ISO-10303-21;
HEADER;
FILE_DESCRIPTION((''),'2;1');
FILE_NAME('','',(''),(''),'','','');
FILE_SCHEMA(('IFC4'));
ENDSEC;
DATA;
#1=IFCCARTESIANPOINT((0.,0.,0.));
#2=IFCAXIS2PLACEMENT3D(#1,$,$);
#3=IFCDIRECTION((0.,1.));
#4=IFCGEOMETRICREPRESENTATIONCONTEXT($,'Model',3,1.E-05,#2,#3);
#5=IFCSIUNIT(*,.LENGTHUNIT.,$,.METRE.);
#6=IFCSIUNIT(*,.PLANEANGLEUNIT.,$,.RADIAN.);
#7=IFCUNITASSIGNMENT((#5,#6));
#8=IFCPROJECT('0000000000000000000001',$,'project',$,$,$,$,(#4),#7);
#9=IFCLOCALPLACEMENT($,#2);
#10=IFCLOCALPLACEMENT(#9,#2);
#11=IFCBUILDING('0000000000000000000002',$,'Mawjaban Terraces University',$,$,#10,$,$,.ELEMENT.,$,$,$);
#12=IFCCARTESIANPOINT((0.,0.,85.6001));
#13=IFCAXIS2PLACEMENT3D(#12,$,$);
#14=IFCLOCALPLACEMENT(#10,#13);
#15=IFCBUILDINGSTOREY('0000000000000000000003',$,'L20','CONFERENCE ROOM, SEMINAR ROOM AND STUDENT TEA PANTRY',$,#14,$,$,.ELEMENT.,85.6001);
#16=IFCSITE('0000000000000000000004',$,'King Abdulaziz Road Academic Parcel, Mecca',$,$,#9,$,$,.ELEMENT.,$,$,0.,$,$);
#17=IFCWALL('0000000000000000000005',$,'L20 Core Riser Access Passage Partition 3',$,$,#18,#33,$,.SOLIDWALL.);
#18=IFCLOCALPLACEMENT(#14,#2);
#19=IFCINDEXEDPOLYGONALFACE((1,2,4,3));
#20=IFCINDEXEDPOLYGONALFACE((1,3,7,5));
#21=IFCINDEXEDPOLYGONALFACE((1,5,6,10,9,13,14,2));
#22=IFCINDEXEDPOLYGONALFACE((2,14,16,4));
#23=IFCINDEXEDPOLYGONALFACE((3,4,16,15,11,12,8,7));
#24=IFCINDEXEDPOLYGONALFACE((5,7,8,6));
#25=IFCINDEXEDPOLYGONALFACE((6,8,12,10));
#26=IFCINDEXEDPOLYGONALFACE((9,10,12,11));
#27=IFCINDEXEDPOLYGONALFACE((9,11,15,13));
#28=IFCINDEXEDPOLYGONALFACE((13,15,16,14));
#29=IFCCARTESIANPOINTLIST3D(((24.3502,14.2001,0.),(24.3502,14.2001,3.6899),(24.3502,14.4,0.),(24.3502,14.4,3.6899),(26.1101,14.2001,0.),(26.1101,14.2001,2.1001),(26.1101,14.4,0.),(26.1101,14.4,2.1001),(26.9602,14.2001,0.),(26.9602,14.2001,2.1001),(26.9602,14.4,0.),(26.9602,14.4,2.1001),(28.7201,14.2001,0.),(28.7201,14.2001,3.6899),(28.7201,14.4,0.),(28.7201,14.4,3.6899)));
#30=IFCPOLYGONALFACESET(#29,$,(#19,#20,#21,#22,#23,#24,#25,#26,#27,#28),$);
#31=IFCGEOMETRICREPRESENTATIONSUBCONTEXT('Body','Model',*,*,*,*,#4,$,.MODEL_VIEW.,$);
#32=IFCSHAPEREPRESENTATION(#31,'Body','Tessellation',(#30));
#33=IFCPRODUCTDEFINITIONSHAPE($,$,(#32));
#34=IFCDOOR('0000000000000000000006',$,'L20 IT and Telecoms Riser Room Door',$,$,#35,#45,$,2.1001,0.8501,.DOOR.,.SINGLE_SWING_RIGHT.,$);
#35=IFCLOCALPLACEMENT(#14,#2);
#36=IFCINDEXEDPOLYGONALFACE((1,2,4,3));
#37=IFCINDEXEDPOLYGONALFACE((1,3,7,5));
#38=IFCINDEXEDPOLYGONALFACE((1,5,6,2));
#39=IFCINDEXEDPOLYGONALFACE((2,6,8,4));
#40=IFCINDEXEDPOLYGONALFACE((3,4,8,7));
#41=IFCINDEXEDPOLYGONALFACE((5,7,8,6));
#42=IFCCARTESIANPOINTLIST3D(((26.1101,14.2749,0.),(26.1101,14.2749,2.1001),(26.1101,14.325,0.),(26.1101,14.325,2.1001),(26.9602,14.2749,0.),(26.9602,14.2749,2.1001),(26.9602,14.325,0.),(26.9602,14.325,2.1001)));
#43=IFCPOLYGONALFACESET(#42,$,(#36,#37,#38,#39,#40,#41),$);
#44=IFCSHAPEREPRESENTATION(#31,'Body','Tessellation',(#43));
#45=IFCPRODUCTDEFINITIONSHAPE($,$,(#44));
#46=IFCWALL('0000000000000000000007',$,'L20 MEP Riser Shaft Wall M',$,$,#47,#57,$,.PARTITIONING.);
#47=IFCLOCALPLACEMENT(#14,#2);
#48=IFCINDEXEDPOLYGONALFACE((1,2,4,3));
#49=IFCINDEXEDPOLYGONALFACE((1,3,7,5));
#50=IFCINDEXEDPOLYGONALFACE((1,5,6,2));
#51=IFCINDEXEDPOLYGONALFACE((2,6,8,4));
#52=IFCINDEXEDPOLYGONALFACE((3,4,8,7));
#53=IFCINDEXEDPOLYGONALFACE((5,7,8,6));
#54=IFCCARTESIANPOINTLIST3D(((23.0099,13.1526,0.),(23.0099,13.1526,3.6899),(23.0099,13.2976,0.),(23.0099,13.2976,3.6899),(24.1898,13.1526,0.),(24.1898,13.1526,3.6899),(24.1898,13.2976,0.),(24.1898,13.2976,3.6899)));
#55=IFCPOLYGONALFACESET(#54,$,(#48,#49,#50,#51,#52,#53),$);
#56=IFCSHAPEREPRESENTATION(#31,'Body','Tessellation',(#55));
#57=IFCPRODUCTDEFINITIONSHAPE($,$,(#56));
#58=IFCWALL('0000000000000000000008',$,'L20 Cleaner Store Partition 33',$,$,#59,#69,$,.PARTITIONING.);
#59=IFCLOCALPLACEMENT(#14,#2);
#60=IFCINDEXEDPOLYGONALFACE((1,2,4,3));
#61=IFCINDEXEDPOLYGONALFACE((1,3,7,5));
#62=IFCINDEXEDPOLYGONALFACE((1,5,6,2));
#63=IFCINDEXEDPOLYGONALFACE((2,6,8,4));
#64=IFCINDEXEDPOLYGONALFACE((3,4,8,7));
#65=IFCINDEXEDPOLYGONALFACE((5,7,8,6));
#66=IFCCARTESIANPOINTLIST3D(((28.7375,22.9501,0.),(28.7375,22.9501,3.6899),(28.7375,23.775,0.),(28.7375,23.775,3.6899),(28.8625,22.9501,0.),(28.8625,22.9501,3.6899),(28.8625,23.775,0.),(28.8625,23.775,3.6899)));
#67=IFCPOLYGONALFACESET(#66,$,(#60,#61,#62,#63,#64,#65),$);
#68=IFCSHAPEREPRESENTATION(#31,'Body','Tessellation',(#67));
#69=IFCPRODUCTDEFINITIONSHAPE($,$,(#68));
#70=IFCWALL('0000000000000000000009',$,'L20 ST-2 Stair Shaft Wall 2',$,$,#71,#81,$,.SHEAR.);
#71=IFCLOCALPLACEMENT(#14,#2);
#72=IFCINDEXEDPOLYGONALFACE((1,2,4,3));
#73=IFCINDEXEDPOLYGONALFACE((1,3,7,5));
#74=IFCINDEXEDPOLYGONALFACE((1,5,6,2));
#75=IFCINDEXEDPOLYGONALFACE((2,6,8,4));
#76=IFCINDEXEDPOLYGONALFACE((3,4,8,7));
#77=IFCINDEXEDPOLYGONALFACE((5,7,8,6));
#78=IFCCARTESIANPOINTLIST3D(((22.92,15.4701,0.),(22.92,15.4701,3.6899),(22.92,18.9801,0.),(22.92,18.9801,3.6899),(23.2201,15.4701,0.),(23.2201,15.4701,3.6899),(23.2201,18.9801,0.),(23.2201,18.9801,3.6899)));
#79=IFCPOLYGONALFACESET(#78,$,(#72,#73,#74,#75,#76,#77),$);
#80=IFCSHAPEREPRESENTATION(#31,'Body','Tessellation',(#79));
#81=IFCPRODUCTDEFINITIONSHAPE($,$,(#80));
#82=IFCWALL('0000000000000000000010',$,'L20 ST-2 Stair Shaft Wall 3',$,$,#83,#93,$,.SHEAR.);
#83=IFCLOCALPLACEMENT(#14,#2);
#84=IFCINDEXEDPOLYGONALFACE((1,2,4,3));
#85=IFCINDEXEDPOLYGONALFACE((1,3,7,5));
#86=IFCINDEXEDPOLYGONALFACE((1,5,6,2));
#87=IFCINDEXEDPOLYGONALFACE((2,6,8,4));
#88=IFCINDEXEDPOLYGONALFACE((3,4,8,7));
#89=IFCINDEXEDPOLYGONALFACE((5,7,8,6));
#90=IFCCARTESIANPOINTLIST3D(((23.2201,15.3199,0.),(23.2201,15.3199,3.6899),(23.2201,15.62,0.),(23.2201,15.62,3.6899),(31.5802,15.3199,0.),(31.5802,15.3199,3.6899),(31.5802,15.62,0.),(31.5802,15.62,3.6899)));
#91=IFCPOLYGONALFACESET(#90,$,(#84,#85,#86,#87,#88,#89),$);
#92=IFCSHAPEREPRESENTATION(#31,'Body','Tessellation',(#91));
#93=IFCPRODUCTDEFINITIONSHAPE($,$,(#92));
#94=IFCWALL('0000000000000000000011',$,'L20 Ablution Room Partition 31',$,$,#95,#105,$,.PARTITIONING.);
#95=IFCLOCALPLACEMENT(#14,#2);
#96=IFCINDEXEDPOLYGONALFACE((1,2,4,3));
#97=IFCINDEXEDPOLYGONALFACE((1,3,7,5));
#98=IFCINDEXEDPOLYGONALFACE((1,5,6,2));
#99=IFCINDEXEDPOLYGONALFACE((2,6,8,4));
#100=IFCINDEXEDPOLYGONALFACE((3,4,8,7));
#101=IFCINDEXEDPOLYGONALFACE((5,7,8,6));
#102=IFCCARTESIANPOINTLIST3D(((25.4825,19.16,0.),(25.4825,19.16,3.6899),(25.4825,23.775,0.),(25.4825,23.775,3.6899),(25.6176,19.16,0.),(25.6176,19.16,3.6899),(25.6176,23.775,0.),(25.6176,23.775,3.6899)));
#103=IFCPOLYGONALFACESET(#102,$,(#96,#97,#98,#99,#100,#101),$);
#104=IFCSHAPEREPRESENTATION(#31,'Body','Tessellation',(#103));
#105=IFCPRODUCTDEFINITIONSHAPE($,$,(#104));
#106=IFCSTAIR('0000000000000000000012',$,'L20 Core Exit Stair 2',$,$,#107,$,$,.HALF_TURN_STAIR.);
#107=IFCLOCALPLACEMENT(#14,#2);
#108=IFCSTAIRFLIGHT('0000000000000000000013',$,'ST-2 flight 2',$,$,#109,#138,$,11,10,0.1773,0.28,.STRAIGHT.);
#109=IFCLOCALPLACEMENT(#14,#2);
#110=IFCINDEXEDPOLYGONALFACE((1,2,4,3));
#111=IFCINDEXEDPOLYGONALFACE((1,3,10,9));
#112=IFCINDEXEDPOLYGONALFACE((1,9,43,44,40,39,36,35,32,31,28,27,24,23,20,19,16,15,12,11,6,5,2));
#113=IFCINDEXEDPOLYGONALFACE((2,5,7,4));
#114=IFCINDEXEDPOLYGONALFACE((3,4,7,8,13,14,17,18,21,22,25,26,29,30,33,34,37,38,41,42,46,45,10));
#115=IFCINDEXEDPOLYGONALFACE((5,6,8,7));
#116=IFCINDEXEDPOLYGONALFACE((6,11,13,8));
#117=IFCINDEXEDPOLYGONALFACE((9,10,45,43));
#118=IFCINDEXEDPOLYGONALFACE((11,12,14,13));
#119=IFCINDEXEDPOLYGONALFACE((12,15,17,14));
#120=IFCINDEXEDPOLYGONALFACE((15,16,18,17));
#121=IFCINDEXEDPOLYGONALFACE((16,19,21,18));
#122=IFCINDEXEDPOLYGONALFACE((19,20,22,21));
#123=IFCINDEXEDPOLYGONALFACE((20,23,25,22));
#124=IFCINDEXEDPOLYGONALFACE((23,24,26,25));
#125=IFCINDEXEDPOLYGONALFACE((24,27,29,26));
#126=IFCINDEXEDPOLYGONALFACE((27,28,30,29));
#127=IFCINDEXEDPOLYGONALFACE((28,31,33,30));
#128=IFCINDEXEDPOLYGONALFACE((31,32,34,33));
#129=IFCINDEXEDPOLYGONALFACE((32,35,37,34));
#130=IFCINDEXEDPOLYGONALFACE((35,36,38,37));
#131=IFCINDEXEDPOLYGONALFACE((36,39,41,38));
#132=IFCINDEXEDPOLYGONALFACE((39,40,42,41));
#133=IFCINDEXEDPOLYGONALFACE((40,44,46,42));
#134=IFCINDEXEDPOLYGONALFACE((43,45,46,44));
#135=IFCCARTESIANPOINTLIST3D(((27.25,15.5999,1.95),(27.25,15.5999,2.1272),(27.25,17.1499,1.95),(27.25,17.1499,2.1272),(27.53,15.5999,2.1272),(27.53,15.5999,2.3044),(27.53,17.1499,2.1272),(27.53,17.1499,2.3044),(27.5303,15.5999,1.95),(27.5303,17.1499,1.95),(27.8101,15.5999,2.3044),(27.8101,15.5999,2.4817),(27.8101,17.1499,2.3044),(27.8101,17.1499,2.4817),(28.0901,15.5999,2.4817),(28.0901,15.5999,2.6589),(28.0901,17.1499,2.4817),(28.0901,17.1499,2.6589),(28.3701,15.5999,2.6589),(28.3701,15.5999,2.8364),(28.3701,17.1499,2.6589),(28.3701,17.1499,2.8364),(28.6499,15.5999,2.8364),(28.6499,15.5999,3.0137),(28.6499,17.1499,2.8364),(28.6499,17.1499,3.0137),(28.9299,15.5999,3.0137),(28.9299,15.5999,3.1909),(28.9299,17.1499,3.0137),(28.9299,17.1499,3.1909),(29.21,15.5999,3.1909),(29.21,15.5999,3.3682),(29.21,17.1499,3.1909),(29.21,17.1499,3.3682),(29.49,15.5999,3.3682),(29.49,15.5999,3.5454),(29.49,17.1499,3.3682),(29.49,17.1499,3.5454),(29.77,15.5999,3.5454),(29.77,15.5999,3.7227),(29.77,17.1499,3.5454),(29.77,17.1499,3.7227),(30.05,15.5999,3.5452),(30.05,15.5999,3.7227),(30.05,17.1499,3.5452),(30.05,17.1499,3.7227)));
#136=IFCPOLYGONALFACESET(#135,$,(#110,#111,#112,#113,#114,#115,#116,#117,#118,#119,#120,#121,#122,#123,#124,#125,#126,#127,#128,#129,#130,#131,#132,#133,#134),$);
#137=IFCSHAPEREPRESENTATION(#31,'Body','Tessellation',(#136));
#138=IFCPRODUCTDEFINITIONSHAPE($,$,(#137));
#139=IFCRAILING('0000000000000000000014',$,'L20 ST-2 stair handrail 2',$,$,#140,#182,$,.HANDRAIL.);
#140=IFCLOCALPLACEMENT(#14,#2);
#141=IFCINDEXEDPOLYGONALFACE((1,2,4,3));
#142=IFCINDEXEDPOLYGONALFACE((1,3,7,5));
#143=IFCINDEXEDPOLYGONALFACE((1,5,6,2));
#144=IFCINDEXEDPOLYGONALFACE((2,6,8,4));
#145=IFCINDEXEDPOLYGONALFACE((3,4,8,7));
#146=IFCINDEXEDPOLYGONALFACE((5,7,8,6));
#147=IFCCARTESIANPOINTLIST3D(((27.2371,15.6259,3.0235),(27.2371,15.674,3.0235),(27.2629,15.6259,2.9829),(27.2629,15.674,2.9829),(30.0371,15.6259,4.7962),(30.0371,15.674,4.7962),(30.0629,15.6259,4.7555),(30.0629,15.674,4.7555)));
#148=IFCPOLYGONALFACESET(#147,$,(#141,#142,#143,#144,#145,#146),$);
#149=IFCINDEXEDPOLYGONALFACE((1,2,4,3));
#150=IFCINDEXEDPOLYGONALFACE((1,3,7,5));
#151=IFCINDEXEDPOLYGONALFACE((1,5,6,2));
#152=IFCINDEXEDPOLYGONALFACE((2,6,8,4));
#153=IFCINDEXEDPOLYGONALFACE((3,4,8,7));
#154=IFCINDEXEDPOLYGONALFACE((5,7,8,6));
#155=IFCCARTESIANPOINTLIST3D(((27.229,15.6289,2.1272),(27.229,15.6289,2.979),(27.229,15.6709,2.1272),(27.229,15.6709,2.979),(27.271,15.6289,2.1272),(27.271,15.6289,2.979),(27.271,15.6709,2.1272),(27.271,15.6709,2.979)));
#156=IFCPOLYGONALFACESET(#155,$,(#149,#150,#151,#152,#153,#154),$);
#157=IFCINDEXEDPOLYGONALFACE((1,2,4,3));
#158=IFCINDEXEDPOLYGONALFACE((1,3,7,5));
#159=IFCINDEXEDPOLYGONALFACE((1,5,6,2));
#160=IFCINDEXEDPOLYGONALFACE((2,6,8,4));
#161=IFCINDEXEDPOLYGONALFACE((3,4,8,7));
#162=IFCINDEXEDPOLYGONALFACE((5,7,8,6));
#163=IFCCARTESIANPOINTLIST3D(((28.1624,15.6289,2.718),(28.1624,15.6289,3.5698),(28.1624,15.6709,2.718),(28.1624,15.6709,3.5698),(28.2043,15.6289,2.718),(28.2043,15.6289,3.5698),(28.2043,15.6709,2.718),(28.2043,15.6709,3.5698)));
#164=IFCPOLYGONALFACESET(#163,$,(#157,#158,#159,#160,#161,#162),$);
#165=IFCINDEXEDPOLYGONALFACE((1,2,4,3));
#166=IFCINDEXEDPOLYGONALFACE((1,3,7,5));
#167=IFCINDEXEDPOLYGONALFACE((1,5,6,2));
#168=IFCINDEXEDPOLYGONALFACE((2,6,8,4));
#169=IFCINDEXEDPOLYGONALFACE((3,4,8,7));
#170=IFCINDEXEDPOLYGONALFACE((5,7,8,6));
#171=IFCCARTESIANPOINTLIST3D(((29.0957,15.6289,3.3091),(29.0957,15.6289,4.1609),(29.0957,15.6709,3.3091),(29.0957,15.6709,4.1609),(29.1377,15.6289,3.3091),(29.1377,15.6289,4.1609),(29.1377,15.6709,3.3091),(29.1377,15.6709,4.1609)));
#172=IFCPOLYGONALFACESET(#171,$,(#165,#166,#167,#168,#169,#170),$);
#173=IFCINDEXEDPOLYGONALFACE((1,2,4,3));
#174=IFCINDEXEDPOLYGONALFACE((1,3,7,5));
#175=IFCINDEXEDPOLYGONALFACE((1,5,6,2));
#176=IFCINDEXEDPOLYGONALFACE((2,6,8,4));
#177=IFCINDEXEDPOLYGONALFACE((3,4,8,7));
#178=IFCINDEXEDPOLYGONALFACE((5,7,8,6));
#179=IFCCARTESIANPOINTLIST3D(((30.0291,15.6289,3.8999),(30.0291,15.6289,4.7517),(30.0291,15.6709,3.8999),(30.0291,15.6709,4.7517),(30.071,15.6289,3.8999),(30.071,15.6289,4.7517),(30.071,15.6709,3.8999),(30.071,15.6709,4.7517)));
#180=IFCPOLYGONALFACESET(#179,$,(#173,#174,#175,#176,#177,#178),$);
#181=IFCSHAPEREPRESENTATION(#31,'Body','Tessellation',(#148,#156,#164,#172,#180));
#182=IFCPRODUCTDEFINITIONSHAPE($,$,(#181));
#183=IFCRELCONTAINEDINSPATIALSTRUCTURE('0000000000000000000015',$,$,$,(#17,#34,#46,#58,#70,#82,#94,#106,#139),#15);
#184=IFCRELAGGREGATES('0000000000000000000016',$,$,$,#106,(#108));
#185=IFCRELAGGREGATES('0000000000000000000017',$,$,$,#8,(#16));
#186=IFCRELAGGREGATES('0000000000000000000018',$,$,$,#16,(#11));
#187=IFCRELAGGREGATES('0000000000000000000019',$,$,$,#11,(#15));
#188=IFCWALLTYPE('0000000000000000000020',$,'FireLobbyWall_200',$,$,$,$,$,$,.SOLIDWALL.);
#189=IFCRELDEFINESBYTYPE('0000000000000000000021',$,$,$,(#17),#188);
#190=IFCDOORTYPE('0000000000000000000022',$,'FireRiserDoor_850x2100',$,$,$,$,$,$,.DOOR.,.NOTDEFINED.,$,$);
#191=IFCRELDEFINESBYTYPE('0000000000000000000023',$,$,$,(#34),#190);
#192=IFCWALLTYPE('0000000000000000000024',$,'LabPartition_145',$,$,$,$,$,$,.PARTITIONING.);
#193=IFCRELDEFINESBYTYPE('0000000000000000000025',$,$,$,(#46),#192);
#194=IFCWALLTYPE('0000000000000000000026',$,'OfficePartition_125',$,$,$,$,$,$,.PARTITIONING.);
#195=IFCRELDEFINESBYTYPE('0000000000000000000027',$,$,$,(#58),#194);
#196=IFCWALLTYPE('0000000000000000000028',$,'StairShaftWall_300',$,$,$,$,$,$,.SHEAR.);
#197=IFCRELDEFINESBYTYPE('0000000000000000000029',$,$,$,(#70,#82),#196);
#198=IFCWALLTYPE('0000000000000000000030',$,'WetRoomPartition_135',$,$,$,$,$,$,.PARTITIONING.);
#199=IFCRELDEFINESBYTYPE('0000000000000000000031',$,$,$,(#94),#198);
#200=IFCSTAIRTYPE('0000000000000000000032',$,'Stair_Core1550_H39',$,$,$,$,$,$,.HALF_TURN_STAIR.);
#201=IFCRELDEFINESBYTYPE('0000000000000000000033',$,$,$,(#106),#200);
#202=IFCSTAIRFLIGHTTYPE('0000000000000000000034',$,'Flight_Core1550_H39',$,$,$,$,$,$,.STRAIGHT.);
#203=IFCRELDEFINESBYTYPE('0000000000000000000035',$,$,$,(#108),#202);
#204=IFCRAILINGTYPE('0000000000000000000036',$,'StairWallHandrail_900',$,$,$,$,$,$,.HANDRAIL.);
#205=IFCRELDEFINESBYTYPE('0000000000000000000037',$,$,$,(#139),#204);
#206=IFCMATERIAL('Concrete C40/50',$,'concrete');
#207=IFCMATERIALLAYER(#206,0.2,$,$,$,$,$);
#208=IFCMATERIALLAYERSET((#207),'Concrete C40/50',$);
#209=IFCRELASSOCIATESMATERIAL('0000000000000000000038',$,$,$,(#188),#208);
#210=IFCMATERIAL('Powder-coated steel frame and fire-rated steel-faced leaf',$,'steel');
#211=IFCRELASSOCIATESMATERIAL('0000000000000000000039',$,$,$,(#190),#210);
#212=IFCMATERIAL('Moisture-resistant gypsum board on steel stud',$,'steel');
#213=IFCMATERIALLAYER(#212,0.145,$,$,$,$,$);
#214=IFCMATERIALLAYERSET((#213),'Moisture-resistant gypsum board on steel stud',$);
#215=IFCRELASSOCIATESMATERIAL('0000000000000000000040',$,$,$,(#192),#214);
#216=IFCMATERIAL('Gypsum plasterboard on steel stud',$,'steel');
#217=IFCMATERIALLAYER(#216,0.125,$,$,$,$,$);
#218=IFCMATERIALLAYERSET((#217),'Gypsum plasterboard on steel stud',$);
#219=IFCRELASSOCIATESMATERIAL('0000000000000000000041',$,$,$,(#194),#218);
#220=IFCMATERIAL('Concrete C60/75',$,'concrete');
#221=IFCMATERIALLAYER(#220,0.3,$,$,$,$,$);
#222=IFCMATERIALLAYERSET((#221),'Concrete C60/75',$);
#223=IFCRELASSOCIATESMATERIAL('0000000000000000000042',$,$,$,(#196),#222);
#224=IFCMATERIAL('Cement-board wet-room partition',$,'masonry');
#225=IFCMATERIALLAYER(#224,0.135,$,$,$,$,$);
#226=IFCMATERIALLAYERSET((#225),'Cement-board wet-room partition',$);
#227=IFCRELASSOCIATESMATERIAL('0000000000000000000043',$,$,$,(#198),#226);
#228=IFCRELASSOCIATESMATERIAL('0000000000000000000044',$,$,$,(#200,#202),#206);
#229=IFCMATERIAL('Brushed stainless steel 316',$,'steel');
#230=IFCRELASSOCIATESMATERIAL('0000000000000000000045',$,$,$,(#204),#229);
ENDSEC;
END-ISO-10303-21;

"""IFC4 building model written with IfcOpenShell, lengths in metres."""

from ifc_helpers import new_model, si_unit, direction, frame, frame_2d, origin, origin_2d, place, context, subcontext, project, spatial, polyline, rectangle, outline, extrude, material, layer, layer_set, type_object, element, fill, aggregate, save


model = new_model("IFC4")

# Units and contexts
model_context = context("Model", 3, precision=1e-05, world=origin(), true_north=direction((0.0, 1.0)))
body_context = subcontext(model_context, "Body", "Model", "MODEL_VIEW")
ifc_project = project(units=[si_unit("LENGTHUNIT", "METRE"), si_unit("PLANEANGLEUNIT", "RADIAN")], contexts=[model_context])

# Site, building, storey
site_placement = place(None, origin())
site = spatial("IfcSite", under=ifc_project, at=site_placement, Name="King Abdulaziz Road Academic Parcel, Mecca", CompositionType="ELEMENT", RefElevation=0.0)
building_placement = place(site_placement, origin())
building = spatial("IfcBuilding", under=site, at=building_placement, Name="Mawjaban Terraces University", CompositionType="ELEMENT")
storey_placement = place(building_placement, frame((0.0, 0.0, 85.6001)))
storey = spatial("IfcBuildingStorey", under=building, at=storey_placement, Name="L20", Description="CONFERENCE ROOM, SEMINAR ROOM AND STUDENT TEA PANTRY", CompositionType="ELEMENT", Elevation=85.6001)

# Shared definitions
ifc_material_1 = material(Name="Concrete C40/50", Category="concrete")
ifc_layer_1 = layer(ifc_material_1, 0.2)
ifc_layer_set_1 = layer_set([ifc_layer_1], Name="Concrete C40/50")
wall_type_1 = type_object("IfcWallType", Name="FireLobbyWall_200", PredefinedType="SOLIDWALL", material=ifc_layer_set_1)

# Wall, opening, door
wall_1_placement = place(storey_placement, frame((24.3501, 14.3, 0.0), z_axis=(0.0, 0.0, 1.0), x_axis=(1.0, 0.0, 0.0)))
wall_1 = element("IfcWall", 1, at=wall_1_placement, inside=storey, type_object=wall_type_1, Name="L20 Core Riser Access Passage Partition 3", PredefinedType="SOLIDWALL", context=body_context, shape_type="SweptSolid", body=[
    extrude(rectangle(XDim=4.3699, YDim=0.2, at=frame_2d((2.1851, 0.0))), origin(), (0.0, 0.0, 1.0), 3.6899),
])
opening_placement = place(wall_1_placement, frame((1.76, 0.0, 0.0)))
opening = element("IfcOpeningElement", 2, at=opening_placement, cuts=wall_1, PredefinedType="OPENING", context=body_context, shape_type="SweptSolid", body=[
    extrude(rectangle(XDim=0.8501, YDim=2.1001, at=frame_2d((0.425, 1.05))), frame((0.0, 0.1099, 0.0), z_axis=(0.0, -1.0, 0.0), x_axis=(1.0, 0.0, 0.0)), (0.0, 0.0, 1.0), 0.22),
])
ifc_material_2 = material(Name="Powder-coated steel frame and fire-rated steel-faced leaf", Category="steel")
door_type = type_object("IfcDoorType", Name="FireRiserDoor_850x2100", OperationType="NOTDEFINED", PredefinedType="DOOR", material=ifc_material_2)
door_placement = place(opening_placement, origin())
door = element("IfcDoor", 3, at=door_placement, inside=storey, type_object=door_type, Name="L20 IT and Telecoms Riser Room Door", OperationType="SINGLE_SWING_RIGHT", OverallHeight=2.1001, OverallWidth=0.8501, PredefinedType="DOOR", context=body_context, shape_type="SweptSolid", body=[
    extrude(rectangle(XDim=0.8501, YDim=2.1001, at=frame_2d((0.425, 1.05))), frame((0.0, 0.0249, 0.0), z_axis=(0.0, -1.0, 0.0), x_axis=(1.0, 0.0, 0.0)), (0.0, 0.0, 1.0), 0.05),
])
fill(opening, door)

# Walls
ifc_material_3 = material(Name="Moisture-resistant gypsum board on steel stud", Category="steel")
ifc_layer_2 = layer(ifc_material_3, 0.145)
ifc_layer_set_2 = layer_set([ifc_layer_2], Name="Moisture-resistant gypsum board on steel stud")
wall_type_2 = type_object("IfcWallType", Name="LabPartition_145", PredefinedType="PARTITIONING", material=ifc_layer_set_2)
wall_2_placement = place(storey_placement, frame((23.01, 13.2251, 0.0), z_axis=(0.0, 0.0, 1.0), x_axis=(1.0, 0.0, 0.0)))
element("IfcWall", 4, at=wall_2_placement, inside=storey, type_object=wall_type_2, Name="L20 MEP Riser Shaft Wall M", PredefinedType="PARTITIONING", context=body_context, shape_type="SweptSolid", body=[
    extrude(rectangle(XDim=1.1799, YDim=0.145, at=frame_2d((0.5898, 0.0))), origin(), (0.0, 0.0, 1.0), 3.6899),
])
ifc_material_4 = material(Name="Gypsum plasterboard on steel stud", Category="steel")
ifc_layer_3 = layer(ifc_material_4, 0.125)
ifc_layer_set_3 = layer_set([ifc_layer_3], Name="Gypsum plasterboard on steel stud")
wall_type_3 = type_object("IfcWallType", Name="OfficePartition_125", PredefinedType="PARTITIONING", material=ifc_layer_set_3)
wall_3_placement = place(storey_placement, frame((28.8, 22.95, 0.0), z_axis=(0.0, 0.0, 1.0), x_axis=(0.0, 1.0, 0.0)))
element("IfcWall", 5, at=wall_3_placement, inside=storey, type_object=wall_type_3, Name="L20 Cleaner Store Partition 33", PredefinedType="PARTITIONING", context=body_context, shape_type="SweptSolid", body=[
    extrude(rectangle(XDim=0.825, YDim=0.125, at=frame_2d((0.4126, 0.0))), origin(), (0.0, 0.0, 1.0), 3.6899),
])
ifc_material_5 = material(Name="Concrete C60/75", Category="concrete")
ifc_layer_4 = layer(ifc_material_5, 0.3)
ifc_layer_set_4 = layer_set([ifc_layer_4], Name="Concrete C60/75")
wall_type_4 = type_object("IfcWallType", Name="StairShaftWall_300", PredefinedType="SHEAR", material=ifc_layer_set_4)
wall_4_placement = place(storey_placement, frame((23.0701, 18.98, 0.0), z_axis=(0.0, 0.0, 1.0), x_axis=(0.0, -1.0, 0.0)))
element("IfcWall", 6, at=wall_4_placement, inside=storey, type_object=wall_type_4, Name="L20 ST-2 Stair Shaft Wall 2", PredefinedType="SHEAR", context=body_context, shape_type="SweptSolid", body=[
    extrude(rectangle(XDim=3.51, YDim=0.3, at=frame_2d((1.7549, 0.0))), origin(), (0.0, 0.0, 1.0), 3.6899),
])
wall_5_placement = place(storey_placement, frame((23.22, 15.47, 0.0), z_axis=(0.0, 0.0, 1.0), x_axis=(1.0, 0.0, 0.0)))
element("IfcWall", 7, at=wall_5_placement, inside=storey, type_object=wall_type_4, Name="L20 ST-2 Stair Shaft Wall 3", PredefinedType="SHEAR", context=body_context, shape_type="SweptSolid", body=[
    extrude(rectangle(XDim=8.3601, YDim=0.3, at=frame_2d((4.1802, 0.0))), origin(), (0.0, 0.0, 1.0), 3.6899),
])
ifc_material_6 = material(Name="Cement-board wet-room partition", Category="masonry")
ifc_layer_5 = layer(ifc_material_6, 0.135)
ifc_layer_set_5 = layer_set([ifc_layer_5], Name="Cement-board wet-room partition")
wall_type_5 = type_object("IfcWallType", Name="WetRoomPartition_135", PredefinedType="PARTITIONING", material=ifc_layer_set_5)
wall_6_placement = place(storey_placement, frame((25.55, 19.1599, 0.0), z_axis=(0.0, 0.0, 1.0), x_axis=(0.0, 1.0, 0.0)))
element("IfcWall", 8, at=wall_6_placement, inside=storey, type_object=wall_type_5, Name="L20 Ablution Room Partition 31", PredefinedType="PARTITIONING", context=body_context, shape_type="SweptSolid", body=[
    extrude(rectangle(XDim=4.615, YDim=0.135, at=frame_2d((2.3076, 0.0))), origin(), (0.0, 0.0, 1.0), 3.6899),
])

# Stair, stair flight
stair_type = type_object("IfcStairType", Name="Stair_Core1550_H39", PredefinedType="HALF_TURN_STAIR", material=ifc_material_1)
stair_placement = place(storey_placement, origin())
stair = element("IfcStair", 9, at=stair_placement, inside=storey, type_object=stair_type, Name="L20 Core Exit Stair 2", PredefinedType="HALF_TURN_STAIR")
stair_flight_type = type_object("IfcStairFlightType", Name="Flight_Core1550_H39", PredefinedType="STRAIGHT", material=ifc_material_1)
stair_flight_placement = place(storey_placement, frame((27.25, 16.375, 1.95), z_axis=(0.0, 0.0, 1.0), x_axis=(1.0, 0.0, 0.0)))
stair_flight = element("IfcStairFlight", 10, at=stair_flight_placement, type_object=stair_flight_type, Name="ST-2 flight 2", NumberOfRisers=11, NumberOfTreads=10, PredefinedType="STRAIGHT", RiserHeight=0.1773, TreadLength=0.28, context=body_context, shape_type="SweptSolid", body=[
    extrude(outline(polyline([(0.0, 0.0), (0.0, 0.1772), (0.28, 0.1772), (0.28, 0.3545), (0.5601, 0.3545), (0.5601, 0.5317), (0.8401, 0.5317), (0.8401, 0.709), (1.1201, 0.709), (1.1201, 0.8865), (1.3999, 0.8865), (1.3999, 1.0637), (1.6799, 1.0637), (1.6799, 1.241), (1.96, 1.241), (1.96, 1.4182), (2.24, 1.4182), (2.24, 1.5955), (2.52, 1.5955), (2.52, 1.7727), (2.8, 1.7727), (2.8, 1.95), (2.8, 1.5952), (0.2803, 0.0), (0.0, 0.0)])), frame((0.0, 0.7749, 0.0), z_axis=(0.0, -1.0, 0.0), x_axis=(1.0, 0.0, 0.0)), (0.0, 0.0, 1.0), 1.55),
])
aggregate(stair, [stair_flight])

# Railing
ifc_material_7 = material(Name="Brushed stainless steel 316", Category="steel")
railing_type_1 = type_object("IfcRailingType", Name="StairWallHandrail_900", PredefinedType="HANDRAIL", material=ifc_material_7)
railing_1_placement = place(storey_placement, frame((27.25, 15.6499, 2.1272)))
element("IfcRailing", 11, at=railing_1_placement, inside=storey, type_object=railing_type_1, Name="L20 ST-2 stair handrail 2", PredefinedType="HANDRAIL", context=body_context, shape_type="SweptSolid", body=[
    extrude(rectangle(XDim=0.0481, YDim=0.0481, at=origin_2d()), frame((0.0, 0.0, 0.876), z_axis=(0.844909, 0.0, 0.53491), x_axis=(0.0, 1.0, 0.0)), (0.0, 0.0, 1.0), 3.314),
    extrude(rectangle(XDim=0.042, YDim=0.042, at=origin_2d()), origin(), (0.0, 0.0, 1.0), 0.8518),
    extrude(rectangle(XDim=0.042, YDim=0.042, at=origin_2d()), frame((0.9333, 0.0, 0.5908)), (0.0, 0.0, 1.0), 0.8518),
    extrude(rectangle(XDim=0.042, YDim=0.042, at=origin_2d()), frame((1.8667, 0.0, 1.1819)), (0.0, 0.0, 1.0), 0.8518),
    extrude(rectangle(XDim=0.042, YDim=0.042, at=origin_2d()), frame((2.8, 0.0, 1.7727)), (0.0, 0.0, 1.0), 0.8518),
])

save(model, "model.ifc")
